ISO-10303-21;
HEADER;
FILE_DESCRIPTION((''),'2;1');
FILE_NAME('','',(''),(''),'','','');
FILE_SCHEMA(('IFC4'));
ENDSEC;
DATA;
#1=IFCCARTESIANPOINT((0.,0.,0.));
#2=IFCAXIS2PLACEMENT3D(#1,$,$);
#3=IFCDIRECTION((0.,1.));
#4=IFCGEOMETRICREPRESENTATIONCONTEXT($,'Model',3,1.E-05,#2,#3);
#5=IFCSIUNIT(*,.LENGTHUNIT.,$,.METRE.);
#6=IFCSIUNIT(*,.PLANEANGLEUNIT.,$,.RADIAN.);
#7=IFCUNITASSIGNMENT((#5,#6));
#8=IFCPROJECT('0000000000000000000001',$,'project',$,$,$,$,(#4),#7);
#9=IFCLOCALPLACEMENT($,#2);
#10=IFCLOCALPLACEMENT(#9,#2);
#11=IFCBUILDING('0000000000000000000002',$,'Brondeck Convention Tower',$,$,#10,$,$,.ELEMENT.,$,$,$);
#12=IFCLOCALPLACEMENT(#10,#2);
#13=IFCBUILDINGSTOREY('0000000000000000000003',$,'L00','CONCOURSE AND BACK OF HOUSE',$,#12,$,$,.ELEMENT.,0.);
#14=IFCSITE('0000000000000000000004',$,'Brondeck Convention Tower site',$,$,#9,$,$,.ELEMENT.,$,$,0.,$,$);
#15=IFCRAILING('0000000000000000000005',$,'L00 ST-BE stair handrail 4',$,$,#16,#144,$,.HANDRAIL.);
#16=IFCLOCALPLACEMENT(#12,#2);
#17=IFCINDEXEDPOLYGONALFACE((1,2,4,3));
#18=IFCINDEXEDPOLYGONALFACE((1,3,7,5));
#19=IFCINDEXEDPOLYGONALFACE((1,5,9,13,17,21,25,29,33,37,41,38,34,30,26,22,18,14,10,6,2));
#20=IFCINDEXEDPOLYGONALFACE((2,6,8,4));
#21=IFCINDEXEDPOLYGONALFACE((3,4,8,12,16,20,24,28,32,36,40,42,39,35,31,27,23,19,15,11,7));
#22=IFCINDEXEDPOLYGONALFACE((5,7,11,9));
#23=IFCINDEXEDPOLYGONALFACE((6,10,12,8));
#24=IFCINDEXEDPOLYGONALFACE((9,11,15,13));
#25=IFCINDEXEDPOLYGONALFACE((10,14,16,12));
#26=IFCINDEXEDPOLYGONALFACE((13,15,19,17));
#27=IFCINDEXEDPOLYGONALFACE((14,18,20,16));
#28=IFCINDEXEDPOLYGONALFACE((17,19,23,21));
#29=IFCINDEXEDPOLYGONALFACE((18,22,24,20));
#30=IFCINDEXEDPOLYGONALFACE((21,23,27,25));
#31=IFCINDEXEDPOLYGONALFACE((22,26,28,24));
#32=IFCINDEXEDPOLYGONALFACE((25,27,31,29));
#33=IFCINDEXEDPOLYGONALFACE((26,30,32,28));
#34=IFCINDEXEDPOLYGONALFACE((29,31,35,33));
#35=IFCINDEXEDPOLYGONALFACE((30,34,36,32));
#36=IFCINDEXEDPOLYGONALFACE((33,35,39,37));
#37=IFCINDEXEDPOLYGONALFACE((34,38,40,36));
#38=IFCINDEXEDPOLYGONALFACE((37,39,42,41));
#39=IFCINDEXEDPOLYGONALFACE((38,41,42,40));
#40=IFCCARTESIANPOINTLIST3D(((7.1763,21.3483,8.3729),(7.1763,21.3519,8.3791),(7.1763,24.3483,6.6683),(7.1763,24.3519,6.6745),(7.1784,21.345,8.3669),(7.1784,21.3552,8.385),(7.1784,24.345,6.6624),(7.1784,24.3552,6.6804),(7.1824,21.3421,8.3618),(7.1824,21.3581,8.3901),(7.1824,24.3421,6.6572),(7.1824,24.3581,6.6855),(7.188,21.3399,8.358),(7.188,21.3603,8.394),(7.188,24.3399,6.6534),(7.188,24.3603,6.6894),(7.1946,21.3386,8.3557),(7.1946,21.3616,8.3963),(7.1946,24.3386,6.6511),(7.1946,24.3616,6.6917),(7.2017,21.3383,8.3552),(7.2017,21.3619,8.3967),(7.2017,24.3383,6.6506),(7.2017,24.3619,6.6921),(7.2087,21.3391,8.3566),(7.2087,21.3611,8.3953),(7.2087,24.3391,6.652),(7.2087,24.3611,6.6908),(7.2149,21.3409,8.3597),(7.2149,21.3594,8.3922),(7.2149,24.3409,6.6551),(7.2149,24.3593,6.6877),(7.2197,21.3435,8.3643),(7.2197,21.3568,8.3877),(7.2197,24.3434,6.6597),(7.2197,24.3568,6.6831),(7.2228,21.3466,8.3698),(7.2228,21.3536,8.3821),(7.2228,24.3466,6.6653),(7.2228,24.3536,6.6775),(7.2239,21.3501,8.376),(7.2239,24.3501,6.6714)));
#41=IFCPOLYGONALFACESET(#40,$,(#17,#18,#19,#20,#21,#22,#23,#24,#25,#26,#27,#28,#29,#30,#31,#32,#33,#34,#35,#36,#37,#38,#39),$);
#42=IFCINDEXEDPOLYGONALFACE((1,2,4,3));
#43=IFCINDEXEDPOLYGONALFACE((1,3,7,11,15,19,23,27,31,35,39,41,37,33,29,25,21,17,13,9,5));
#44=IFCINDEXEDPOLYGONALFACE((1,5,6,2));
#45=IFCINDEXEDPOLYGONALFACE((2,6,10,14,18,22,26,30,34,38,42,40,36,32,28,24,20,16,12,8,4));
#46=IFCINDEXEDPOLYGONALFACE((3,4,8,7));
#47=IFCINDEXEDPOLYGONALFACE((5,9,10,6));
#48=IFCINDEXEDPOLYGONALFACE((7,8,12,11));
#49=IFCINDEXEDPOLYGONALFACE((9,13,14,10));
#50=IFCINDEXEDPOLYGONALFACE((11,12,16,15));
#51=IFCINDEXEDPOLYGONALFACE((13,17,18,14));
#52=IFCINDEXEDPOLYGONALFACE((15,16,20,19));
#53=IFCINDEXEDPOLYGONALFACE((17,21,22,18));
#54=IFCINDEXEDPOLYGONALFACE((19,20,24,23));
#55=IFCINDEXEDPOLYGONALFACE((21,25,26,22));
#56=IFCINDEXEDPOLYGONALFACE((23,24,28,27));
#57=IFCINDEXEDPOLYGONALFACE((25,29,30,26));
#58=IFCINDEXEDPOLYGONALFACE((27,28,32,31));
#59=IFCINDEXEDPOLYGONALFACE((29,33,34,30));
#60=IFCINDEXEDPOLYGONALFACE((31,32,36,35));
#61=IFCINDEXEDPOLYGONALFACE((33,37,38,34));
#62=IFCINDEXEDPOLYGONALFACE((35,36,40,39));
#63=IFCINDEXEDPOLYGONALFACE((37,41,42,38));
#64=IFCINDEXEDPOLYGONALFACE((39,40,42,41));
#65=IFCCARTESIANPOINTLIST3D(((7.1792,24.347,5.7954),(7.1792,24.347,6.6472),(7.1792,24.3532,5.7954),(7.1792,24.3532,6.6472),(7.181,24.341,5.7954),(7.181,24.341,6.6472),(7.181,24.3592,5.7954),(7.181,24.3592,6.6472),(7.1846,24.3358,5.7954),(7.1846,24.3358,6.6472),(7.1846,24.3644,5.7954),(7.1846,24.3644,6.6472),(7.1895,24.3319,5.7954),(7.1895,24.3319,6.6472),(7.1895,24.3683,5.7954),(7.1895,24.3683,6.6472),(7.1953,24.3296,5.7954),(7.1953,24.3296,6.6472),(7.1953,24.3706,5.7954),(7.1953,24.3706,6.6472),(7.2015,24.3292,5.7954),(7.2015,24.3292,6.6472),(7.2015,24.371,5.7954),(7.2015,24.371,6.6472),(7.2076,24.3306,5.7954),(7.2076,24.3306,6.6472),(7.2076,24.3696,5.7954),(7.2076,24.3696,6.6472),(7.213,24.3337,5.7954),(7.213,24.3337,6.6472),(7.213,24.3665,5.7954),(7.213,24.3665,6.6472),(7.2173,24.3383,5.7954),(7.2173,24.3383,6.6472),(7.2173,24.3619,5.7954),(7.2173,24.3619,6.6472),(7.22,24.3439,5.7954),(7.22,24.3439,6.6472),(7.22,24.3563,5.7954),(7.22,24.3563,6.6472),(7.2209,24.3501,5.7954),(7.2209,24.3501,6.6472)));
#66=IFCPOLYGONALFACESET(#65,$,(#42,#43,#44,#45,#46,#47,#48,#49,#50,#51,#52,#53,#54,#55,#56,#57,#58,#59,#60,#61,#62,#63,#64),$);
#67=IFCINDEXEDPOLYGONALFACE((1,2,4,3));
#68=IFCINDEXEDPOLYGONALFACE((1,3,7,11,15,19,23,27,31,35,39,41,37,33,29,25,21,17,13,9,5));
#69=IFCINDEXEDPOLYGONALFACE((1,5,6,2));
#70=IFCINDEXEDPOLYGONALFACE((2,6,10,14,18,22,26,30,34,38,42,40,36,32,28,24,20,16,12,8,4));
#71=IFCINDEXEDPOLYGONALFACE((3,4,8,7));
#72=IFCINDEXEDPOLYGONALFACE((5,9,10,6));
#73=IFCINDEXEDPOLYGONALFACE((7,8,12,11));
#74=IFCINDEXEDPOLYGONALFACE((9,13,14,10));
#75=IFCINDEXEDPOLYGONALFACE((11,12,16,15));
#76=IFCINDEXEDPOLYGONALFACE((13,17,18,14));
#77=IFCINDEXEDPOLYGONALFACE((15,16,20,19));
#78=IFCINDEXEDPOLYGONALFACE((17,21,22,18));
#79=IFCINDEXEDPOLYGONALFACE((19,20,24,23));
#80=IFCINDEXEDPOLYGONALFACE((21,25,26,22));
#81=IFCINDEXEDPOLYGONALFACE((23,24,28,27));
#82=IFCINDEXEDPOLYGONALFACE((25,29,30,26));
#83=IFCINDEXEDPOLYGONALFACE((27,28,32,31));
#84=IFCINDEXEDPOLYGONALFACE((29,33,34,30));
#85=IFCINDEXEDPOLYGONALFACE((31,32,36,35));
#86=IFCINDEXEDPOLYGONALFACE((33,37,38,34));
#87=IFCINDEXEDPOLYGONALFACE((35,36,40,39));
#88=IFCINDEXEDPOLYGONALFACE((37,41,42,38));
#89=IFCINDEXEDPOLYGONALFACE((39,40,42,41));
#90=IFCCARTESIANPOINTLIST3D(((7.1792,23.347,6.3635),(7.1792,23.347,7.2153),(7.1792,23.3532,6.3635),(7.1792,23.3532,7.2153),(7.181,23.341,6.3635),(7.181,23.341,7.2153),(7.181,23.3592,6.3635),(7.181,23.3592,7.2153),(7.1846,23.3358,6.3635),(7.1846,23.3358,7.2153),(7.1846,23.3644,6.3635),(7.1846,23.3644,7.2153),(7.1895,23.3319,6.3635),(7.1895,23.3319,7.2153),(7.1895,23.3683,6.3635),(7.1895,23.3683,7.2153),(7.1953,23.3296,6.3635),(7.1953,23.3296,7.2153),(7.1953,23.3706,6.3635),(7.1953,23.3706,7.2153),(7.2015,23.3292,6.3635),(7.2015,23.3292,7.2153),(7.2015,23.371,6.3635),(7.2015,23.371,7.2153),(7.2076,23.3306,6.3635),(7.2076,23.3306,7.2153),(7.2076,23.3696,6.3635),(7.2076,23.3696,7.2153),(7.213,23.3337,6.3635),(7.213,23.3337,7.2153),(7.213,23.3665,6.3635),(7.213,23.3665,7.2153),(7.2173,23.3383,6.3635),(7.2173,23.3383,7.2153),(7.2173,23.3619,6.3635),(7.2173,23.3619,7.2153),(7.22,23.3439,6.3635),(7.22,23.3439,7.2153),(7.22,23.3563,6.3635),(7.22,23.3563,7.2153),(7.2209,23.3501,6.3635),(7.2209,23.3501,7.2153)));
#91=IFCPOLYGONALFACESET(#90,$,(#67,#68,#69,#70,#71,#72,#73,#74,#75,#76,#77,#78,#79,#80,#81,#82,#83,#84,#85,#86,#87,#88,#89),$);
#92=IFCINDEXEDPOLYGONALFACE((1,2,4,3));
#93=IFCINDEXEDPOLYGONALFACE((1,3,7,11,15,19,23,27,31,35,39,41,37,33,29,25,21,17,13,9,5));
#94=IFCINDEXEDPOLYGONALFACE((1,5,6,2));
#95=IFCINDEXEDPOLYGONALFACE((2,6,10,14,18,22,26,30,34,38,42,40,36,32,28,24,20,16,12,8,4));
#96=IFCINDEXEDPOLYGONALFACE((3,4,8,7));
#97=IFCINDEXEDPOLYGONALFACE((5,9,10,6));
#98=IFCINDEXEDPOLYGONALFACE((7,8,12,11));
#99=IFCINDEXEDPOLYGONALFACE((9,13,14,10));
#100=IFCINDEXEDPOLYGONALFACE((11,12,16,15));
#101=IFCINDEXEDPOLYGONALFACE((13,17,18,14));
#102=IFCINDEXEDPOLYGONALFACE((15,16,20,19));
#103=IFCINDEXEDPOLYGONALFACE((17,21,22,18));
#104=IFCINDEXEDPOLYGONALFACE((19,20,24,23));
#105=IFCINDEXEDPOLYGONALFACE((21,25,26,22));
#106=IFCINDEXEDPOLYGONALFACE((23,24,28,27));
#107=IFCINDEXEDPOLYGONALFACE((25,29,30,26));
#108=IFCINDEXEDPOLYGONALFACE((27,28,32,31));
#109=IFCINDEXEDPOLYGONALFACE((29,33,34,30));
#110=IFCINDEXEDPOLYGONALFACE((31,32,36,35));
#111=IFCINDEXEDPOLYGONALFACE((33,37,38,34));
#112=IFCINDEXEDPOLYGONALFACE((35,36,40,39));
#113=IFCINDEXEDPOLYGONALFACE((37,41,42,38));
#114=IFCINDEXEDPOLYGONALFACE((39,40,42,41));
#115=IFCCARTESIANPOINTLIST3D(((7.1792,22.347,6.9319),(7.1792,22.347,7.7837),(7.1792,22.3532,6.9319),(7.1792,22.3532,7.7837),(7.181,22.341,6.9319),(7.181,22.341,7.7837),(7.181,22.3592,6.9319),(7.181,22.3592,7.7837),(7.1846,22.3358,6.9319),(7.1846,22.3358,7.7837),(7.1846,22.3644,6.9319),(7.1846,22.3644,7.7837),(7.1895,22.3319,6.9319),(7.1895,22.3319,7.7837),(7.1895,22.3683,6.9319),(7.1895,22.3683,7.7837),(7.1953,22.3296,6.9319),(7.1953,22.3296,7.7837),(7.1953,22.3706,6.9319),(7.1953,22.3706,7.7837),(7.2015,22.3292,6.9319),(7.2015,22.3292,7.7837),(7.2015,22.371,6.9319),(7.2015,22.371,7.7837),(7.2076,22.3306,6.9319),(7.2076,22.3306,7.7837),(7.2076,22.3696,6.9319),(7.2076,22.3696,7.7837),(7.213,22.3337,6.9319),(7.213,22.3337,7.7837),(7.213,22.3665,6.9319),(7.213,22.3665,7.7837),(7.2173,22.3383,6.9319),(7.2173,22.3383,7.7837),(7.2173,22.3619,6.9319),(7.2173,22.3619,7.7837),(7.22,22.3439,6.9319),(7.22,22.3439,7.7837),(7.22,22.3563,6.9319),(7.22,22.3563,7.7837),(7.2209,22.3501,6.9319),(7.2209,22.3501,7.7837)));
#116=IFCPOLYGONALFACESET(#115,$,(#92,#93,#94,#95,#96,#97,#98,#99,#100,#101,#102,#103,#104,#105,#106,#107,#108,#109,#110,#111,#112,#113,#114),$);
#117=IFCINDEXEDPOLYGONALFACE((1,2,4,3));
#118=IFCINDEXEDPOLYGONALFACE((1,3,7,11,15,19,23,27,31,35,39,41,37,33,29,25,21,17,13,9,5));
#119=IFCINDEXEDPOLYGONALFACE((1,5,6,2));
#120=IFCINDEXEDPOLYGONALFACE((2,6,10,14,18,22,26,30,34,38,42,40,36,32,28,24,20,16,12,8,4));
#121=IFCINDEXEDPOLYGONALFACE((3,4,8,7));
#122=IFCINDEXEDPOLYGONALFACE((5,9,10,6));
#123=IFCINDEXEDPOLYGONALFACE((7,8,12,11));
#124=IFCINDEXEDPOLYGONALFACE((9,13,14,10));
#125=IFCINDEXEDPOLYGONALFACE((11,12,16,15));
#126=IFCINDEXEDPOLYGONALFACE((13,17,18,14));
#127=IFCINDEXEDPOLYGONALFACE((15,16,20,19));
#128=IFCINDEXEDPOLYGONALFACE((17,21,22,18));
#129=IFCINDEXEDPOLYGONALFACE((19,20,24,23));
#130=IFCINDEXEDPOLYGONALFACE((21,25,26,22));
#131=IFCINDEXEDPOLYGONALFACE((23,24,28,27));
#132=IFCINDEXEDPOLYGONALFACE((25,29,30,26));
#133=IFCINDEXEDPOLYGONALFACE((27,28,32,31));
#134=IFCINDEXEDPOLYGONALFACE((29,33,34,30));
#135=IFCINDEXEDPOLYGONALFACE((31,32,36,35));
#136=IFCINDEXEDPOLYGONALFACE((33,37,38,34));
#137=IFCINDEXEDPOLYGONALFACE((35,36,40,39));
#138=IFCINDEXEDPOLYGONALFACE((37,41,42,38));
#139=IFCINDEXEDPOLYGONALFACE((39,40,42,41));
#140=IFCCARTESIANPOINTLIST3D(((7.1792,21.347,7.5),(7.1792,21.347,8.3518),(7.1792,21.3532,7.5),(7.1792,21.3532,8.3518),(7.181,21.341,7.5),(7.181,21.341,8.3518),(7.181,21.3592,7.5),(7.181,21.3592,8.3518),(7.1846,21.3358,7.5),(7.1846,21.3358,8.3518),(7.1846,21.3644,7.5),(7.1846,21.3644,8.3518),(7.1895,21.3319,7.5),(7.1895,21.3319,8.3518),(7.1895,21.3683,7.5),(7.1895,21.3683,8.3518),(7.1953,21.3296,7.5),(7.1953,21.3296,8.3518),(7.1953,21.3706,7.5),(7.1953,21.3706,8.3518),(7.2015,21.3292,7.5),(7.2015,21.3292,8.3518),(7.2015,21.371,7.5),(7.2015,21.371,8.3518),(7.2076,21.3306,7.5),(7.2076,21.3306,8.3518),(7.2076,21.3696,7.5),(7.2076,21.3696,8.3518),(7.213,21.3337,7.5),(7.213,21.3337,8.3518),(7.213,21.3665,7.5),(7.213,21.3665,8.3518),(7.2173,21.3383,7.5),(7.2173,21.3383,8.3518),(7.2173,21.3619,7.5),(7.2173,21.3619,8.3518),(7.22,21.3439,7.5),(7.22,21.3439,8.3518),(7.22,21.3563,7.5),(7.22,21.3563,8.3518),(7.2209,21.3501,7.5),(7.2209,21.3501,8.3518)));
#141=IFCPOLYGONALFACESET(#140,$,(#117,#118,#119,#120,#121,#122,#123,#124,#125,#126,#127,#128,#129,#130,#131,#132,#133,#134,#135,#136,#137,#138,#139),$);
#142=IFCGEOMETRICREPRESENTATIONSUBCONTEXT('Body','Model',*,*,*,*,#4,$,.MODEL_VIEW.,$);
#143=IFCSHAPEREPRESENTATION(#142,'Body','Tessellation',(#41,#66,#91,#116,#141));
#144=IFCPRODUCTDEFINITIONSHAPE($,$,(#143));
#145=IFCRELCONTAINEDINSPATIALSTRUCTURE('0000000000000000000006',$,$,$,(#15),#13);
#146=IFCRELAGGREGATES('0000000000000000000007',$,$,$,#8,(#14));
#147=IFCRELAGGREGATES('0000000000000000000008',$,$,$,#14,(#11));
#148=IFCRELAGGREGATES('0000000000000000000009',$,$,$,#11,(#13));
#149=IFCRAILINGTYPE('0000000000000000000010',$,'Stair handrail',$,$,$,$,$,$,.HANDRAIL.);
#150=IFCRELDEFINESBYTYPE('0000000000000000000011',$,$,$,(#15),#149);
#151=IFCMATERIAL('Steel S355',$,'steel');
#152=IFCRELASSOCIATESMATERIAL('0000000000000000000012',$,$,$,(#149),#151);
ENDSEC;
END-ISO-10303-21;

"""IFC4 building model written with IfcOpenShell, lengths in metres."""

from ifc_helpers import new_model, si_unit, direction, frame, origin, origin_2d, place, context, subcontext, project, spatial, circle, extrude, material, type_object, element, save


model = new_model("IFC4")

# Units and contexts
model_context = context("Model", 3, precision=1e-05, world=origin(), true_north=direction((0.0, 1.0)))
body_context = subcontext(model_context, "Body", "Model", "MODEL_VIEW")
ifc_project = project(units=[si_unit("LENGTHUNIT", "METRE"), si_unit("PLANEANGLEUNIT", "RADIAN")], contexts=[model_context])

# Site, building, storey
site_placement = place(None, origin())
site = spatial("IfcSite", under=ifc_project, at=site_placement, Name="Brondeck Convention Tower site", CompositionType="ELEMENT", RefElevation=0.0)
building_placement = place(site_placement, origin())
building = spatial("IfcBuilding", under=site, at=building_placement, Name="Brondeck Convention Tower", CompositionType="ELEMENT")
storey_placement = place(building_placement, origin())
storey = spatial("IfcBuildingStorey", under=building, at=storey_placement, Name="L00", Description="CONCOURSE AND BACK OF HOUSE", CompositionType="ELEMENT", Elevation=0.0)

# Shared definitions
ifc_material_1 = material(Name="Steel S355", Category="steel")

# Railing
railing_type_1 = type_object("IfcRailingType", Name="Stair handrail", PredefinedType="HANDRAIL", material=ifc_material_1)
for number, where, name in (
    (1, (7.2, 24.3501, 5.7954), "L00 ST-BE stair handrail 4"),
):
    element("IfcRailing", number, at=place(storey_placement, frame(where)), inside=storey, type_object=railing_type_1, Name=name, PredefinedType="HANDRAIL", context=body_context, shape_type="SweptSolid", body=[
        extrude(circle(Radius=0.0239, at=origin_2d()), frame((0.0, 0.0, 0.876), z_axis=(0.0, -0.869451, 0.494019), x_axis=(1.0, 0.0, 0.0)), (0.0, 0.0, 1.0), 3.4504),
        extrude(circle(Radius=0.021, at=origin_2d()), origin(), (0.0, 0.0, 1.0), 0.8518),
        extrude(circle(Radius=0.021, at=origin_2d()), frame((0.0, -1.0, 0.5681)), (0.0, 0.0, 1.0), 0.8518),
        extrude(circle(Radius=0.021, at=origin_2d()), frame((0.0, -2.0, 1.1365)), (0.0, 0.0, 1.0), 0.8518),
        extrude(circle(Radius=0.021, at=origin_2d()), frame((0.0, -3.0, 1.7046)), (0.0, 0.0, 1.0), 0.8518),
    ])

save(model, "model.ifc")
